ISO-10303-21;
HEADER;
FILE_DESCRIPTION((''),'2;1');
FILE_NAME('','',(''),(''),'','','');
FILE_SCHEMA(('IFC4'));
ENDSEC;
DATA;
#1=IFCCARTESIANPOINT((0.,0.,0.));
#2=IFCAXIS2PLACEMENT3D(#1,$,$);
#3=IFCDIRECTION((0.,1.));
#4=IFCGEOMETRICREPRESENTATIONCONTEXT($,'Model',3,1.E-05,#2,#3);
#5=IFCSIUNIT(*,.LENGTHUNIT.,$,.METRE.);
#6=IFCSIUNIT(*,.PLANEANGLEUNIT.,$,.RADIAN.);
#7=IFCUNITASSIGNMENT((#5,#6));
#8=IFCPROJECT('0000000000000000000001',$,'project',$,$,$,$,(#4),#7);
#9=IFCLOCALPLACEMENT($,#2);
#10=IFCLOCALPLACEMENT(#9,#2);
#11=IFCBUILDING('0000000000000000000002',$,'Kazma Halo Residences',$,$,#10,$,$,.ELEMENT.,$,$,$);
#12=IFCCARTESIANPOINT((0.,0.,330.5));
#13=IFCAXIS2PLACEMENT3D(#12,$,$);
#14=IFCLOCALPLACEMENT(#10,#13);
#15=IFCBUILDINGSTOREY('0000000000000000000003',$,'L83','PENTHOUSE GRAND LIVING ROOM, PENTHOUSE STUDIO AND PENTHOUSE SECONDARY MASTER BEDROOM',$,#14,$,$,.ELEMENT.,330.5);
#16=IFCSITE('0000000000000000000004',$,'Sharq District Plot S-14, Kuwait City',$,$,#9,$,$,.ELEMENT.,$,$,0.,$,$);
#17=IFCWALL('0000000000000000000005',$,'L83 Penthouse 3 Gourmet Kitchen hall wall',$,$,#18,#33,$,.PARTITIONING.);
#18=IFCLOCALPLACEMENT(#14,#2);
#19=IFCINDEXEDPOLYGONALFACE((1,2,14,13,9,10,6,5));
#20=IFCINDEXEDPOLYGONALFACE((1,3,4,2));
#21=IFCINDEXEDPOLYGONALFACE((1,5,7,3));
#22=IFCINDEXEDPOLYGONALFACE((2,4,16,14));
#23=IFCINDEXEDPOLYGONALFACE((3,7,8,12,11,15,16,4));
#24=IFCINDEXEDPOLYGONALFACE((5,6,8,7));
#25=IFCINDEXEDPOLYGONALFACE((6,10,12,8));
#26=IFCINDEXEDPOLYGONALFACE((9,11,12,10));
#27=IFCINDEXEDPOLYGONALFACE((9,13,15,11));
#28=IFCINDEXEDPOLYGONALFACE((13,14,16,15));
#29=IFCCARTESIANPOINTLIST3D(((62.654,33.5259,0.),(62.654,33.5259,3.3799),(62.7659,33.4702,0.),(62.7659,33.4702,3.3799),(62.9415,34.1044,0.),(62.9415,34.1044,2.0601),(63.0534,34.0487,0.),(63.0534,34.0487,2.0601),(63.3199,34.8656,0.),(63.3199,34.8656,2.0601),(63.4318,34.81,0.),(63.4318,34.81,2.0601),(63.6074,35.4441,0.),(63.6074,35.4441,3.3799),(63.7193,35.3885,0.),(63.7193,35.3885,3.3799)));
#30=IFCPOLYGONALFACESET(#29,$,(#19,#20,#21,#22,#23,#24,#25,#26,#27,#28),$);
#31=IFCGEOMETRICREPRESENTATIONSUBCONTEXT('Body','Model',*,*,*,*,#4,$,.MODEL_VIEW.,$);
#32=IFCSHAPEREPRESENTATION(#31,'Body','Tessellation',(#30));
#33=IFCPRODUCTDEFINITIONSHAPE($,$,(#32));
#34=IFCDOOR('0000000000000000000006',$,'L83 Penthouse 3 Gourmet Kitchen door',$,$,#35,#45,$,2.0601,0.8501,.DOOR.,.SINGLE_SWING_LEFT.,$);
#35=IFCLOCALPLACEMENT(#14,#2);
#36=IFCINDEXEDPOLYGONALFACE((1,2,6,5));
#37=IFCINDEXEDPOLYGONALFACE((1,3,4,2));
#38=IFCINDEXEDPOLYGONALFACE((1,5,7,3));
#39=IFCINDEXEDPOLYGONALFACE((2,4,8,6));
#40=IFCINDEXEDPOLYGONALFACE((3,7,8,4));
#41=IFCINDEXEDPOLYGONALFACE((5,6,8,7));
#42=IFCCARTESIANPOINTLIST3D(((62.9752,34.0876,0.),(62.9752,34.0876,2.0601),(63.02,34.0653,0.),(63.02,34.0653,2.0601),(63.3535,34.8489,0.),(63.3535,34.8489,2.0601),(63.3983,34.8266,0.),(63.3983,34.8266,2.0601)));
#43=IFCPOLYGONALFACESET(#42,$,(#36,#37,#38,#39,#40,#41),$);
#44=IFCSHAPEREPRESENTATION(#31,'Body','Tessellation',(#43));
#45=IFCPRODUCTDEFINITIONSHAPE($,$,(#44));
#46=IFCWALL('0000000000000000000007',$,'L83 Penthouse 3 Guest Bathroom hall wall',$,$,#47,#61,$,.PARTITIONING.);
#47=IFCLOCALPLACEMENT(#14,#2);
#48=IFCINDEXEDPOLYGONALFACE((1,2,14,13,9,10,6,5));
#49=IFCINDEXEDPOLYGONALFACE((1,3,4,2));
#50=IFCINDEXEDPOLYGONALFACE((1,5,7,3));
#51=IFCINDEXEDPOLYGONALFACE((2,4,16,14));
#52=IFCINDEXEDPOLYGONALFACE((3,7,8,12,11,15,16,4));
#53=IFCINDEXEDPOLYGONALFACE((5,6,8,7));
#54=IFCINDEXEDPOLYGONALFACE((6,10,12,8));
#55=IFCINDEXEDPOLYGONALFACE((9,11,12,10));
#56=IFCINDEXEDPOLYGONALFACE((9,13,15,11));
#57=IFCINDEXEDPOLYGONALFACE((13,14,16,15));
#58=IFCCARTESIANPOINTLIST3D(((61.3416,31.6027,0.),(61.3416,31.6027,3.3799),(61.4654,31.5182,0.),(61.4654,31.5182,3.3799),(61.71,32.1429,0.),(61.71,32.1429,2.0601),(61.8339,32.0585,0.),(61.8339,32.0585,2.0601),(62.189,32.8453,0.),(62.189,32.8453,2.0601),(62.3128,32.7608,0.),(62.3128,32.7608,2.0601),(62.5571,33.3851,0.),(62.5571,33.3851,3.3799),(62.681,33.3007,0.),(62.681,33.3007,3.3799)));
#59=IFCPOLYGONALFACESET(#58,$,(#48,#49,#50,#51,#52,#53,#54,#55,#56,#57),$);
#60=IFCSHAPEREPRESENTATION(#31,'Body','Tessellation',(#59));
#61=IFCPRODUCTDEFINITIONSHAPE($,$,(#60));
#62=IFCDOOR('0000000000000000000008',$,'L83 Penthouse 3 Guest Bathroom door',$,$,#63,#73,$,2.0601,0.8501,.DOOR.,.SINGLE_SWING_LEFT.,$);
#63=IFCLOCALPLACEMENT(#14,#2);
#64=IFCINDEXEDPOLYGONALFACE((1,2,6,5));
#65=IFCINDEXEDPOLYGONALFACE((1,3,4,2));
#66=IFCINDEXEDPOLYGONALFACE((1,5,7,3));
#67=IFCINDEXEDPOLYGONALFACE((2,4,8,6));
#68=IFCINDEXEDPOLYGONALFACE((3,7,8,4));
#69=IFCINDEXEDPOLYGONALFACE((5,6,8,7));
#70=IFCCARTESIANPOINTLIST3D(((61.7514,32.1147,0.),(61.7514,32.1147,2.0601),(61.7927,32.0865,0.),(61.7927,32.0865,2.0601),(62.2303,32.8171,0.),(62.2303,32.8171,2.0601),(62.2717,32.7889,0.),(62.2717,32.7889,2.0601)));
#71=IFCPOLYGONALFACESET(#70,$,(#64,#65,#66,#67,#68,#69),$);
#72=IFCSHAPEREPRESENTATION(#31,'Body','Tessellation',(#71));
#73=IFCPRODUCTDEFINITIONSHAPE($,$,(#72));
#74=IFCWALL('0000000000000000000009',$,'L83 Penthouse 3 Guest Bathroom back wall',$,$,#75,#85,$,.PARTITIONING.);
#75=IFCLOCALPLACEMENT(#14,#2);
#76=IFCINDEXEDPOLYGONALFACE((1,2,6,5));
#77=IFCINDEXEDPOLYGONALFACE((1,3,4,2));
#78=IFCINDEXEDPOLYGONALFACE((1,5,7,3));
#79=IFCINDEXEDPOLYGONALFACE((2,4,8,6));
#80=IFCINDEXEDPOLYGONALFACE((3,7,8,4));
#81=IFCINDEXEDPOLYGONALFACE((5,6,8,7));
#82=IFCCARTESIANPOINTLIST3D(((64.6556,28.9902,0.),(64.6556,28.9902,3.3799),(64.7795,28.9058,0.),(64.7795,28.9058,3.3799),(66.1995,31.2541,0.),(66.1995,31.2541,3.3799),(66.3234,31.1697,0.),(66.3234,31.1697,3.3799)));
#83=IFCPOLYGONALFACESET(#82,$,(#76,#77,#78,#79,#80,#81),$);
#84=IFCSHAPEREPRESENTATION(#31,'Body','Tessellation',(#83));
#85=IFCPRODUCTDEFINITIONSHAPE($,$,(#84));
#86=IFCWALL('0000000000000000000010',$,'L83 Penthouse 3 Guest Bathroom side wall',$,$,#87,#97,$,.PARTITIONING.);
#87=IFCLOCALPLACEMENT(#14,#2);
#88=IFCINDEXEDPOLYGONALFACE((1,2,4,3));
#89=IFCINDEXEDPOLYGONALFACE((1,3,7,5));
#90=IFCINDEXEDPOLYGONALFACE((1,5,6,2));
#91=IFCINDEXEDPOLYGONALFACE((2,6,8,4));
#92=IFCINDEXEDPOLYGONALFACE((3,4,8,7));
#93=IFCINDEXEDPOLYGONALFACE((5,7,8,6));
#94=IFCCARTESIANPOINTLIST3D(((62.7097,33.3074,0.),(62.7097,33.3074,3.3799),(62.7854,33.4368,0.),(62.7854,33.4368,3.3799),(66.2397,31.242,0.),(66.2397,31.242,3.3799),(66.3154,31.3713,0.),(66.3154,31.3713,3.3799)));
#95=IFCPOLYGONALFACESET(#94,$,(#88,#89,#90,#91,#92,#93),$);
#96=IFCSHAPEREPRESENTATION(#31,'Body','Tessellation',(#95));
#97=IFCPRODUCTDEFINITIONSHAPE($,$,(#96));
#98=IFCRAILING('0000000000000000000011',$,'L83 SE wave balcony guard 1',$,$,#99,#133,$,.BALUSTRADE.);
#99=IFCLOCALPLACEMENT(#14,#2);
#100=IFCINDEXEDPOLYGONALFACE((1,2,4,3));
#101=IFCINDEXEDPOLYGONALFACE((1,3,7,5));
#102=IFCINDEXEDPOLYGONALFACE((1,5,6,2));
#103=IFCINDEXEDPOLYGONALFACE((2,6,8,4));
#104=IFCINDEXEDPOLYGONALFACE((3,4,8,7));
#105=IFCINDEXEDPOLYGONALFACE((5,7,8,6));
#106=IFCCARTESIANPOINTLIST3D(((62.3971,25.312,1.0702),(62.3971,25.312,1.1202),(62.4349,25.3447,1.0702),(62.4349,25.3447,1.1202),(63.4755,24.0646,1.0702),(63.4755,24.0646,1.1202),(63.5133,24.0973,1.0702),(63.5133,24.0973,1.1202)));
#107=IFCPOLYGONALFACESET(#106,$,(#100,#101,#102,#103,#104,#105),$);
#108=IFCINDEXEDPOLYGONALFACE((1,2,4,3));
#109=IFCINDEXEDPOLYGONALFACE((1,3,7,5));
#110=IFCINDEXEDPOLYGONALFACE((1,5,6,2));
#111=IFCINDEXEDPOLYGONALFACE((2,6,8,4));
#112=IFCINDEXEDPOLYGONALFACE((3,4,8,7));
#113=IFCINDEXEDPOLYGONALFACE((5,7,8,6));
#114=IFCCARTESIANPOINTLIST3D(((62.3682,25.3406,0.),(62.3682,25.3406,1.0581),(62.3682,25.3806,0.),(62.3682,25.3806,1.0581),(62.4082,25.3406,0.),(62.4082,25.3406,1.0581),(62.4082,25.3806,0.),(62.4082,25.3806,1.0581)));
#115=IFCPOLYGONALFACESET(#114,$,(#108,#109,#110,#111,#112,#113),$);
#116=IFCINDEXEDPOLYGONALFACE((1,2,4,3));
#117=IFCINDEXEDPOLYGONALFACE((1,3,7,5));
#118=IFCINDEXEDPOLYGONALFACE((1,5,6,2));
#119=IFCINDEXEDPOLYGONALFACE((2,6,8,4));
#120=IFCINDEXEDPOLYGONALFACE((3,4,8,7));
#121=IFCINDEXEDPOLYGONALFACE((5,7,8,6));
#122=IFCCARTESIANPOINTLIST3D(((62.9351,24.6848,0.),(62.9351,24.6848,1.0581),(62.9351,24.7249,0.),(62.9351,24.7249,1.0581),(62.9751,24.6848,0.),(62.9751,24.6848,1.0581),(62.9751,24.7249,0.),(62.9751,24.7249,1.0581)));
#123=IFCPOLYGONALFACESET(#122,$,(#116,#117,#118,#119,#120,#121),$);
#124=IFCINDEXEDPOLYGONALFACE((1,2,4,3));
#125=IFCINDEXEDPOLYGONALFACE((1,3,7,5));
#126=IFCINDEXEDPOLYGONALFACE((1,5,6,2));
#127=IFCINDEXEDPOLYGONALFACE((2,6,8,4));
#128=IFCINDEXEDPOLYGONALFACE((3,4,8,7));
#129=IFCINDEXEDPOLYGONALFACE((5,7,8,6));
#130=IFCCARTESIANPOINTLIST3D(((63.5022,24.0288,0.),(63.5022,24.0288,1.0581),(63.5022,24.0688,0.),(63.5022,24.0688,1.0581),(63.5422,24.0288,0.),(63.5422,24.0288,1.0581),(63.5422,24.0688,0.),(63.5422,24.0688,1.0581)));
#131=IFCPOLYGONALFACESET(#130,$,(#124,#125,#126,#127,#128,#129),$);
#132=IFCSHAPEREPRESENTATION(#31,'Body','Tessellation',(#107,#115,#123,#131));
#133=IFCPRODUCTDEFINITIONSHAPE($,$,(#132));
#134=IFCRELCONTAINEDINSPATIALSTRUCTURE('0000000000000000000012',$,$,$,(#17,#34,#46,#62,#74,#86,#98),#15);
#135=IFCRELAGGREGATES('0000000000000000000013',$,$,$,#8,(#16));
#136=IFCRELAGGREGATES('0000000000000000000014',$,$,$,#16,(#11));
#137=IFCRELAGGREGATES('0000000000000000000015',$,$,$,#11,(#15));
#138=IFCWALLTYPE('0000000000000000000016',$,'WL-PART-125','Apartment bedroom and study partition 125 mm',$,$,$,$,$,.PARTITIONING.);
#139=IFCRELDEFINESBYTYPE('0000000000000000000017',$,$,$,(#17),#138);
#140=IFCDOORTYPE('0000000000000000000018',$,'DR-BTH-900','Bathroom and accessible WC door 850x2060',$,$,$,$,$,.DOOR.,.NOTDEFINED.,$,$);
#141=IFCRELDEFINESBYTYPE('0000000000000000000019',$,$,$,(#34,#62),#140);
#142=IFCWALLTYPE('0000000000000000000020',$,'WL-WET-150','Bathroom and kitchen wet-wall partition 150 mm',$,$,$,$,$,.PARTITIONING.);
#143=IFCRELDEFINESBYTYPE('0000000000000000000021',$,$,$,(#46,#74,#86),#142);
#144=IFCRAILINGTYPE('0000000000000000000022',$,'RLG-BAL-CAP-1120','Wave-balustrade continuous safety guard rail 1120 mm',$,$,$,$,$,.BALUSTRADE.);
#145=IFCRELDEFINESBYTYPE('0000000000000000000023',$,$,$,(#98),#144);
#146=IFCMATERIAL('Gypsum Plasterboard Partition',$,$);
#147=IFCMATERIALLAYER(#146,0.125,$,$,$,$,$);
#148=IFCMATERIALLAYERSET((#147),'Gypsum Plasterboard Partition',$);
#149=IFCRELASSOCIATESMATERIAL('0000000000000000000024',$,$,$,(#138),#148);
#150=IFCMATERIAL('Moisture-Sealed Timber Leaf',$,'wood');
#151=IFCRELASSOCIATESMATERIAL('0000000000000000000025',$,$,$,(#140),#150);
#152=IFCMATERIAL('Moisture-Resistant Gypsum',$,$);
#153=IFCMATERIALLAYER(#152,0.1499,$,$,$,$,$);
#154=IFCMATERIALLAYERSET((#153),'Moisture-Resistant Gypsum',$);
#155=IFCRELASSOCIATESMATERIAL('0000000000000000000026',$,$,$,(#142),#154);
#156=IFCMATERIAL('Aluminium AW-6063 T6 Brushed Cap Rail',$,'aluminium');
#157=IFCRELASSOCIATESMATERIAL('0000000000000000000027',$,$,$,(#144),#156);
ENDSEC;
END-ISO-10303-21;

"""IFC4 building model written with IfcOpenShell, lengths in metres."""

from ifc_helpers import new_model, si_unit, direction, frame, frame_2d, origin, origin_2d, place, context, subcontext, project, spatial, rectangle, extrude, material, layer, layer_set, type_object, element, fill, save


model = new_model("IFC4")

# Units and contexts
model_context = context("Model", 3, precision=1e-05, world=origin(), true_north=direction((0.0, 1.0)))
body_context = subcontext(model_context, "Body", "Model", "MODEL_VIEW")
ifc_project = project(units=[si_unit("LENGTHUNIT", "METRE"), si_unit("PLANEANGLEUNIT", "RADIAN")], contexts=[model_context])

# Site, building, storey
site_placement = place(None, origin())
site = spatial("IfcSite", under=ifc_project, at=site_placement, Name="Sharq District Plot S-14, Kuwait City", CompositionType="ELEMENT", RefElevation=0.0)
building_placement = place(site_placement, origin())
building = spatial("IfcBuilding", under=site, at=building_placement, Name="Kazma Halo Residences", CompositionType="ELEMENT")
storey_placement = place(building_placement, frame((0.0, 0.0, 330.5)))
storey = spatial("IfcBuildingStorey", under=building, at=storey_placement, Name="L83", Description="PENTHOUSE GRAND LIVING ROOM, PENTHOUSE STUDIO AND PENTHOUSE SECONDARY MASTER BEDROOM", CompositionType="ELEMENT", Elevation=330.5)

# Shared definitions
ifc_material_1 = material(Name="Gypsum Plasterboard Partition")
ifc_layer_1 = layer(ifc_material_1, 0.125)
ifc_layer_set_1 = layer_set([ifc_layer_1], Name="Gypsum Plasterboard Partition")
wall_type_1 = type_object("IfcWallType", Name="WL-PART-125", Description="Apartment bedroom and study partition 125 mm", PredefinedType="PARTITIONING", material=ifc_layer_set_1)

# Walls, openings, doors
ifc_material_2 = material(Name="Moisture-Sealed Timber Leaf", Category="wood")
door_type_1 = type_object("IfcDoorType", Name="DR-BTH-900", Description="Bathroom and accessible WC door 850x2060", OperationType="NOTDEFINED", PredefinedType="DOOR", material=ifc_material_2)
wall_1_placement = place(storey_placement, frame((62.71, 33.498, 0.0), z_axis=(0.0, 0.0, 1.0), x_axis=(0.44507, 0.895496, 0.0)))
wall_1 = element("IfcWall", 1, at=wall_1_placement, inside=storey, type_object=wall_type_1, Name="L83 Penthouse 3 Gourmet Kitchen hall wall", PredefinedType="PARTITIONING", context=body_context, shape_type="SweptSolid", body=[
    extrude(rectangle(XDim=2.1421, YDim=0.125, at=frame_2d((1.071, 0.0))), origin(), (0.0, 0.0, 1.0), 3.3799),
])
opening_1_placement = place(wall_1_placement, frame((0.646, 0.0, 0.0)))
opening_1 = element("IfcOpeningElement", 2, at=opening_1_placement, cuts=wall_1, PredefinedType="OPENING", context=body_context, shape_type="SweptSolid", body=[
    extrude(rectangle(XDim=0.8501, YDim=2.0601, at=frame_2d((0.425, 1.03))), frame((0.0, 0.0725, 0.0), z_axis=(0.0, -1.0, 0.0), x_axis=(1.0, 0.0, 0.0)), (0.0, 0.0, 1.0), 0.145),
])
door_1_placement = place(opening_1_placement, origin())
door_1 = element("IfcDoor", 3, at=door_1_placement, inside=storey, type_object=door_type_1, Name="L83 Penthouse 3 Gourmet Kitchen door", OperationType="SINGLE_SWING_LEFT", OverallHeight=2.0601, OverallWidth=0.8501, PredefinedType="DOOR", context=body_context, shape_type="SweptSolid", body=[
    extrude(rectangle(XDim=0.8501, YDim=2.0601, at=frame_2d((0.425, 1.03))), frame((0.0, 0.0249, 0.0), z_axis=(0.0, -1.0, 0.0), x_axis=(1.0, 0.0, 0.0)), (0.0, 0.0, 1.0), 0.05),
])
fill(opening_1, door_1)
ifc_material_3 = material(Name="Moisture-Resistant Gypsum")
ifc_layer_2 = layer(ifc_material_3, 0.1499)
ifc_layer_set_2 = layer_set([ifc_layer_2], Name="Moisture-Resistant Gypsum")
wall_type_2 = type_object("IfcWallType", Name="WL-WET-150", Description="Bathroom and kitchen wet-wall partition 150 mm", PredefinedType="PARTITIONING", material=ifc_layer_set_2)
wall_2_placement = place(storey_placement, frame((61.4036, 31.5605, 0.0), z_axis=(0.0, 0.0, 1.0), x_axis=(0.563418, 0.826172, 0.0)))
wall_2 = element("IfcWall", 4, at=wall_2_placement, inside=storey, type_object=wall_type_2, Name="L83 Penthouse 3 Guest Bathroom hall wall", PredefinedType="PARTITIONING", context=body_context, shape_type="SweptSolid", body=[
    extrude(rectangle(XDim=2.1575, YDim=0.1499, at=frame_2d((1.0786, 0.0))), origin(), (0.0, 0.0, 1.0), 3.3799),
])
opening_2_placement = place(wall_2_placement, frame((0.6538, 0.0, 0.0)))
opening_2 = element("IfcOpeningElement", 5, at=opening_2_placement, cuts=wall_2, PredefinedType="OPENING", context=body_context, shape_type="SweptSolid", body=[
    extrude(rectangle(XDim=0.8501, YDim=2.0601, at=frame_2d((0.425, 1.03))), frame((0.0, 0.085, 0.0), z_axis=(0.0, -1.0, 0.0), x_axis=(1.0, 0.0, 0.0)), (0.0, 0.0, 1.0), 0.1699),
])
door_2_placement = place(opening_2_placement, origin())
door_2 = element("IfcDoor", 6, at=door_2_placement, inside=storey, type_object=door_type_1, Name="L83 Penthouse 3 Guest Bathroom door", OperationType="SINGLE_SWING_LEFT", OverallHeight=2.0601, OverallWidth=0.8501, PredefinedType="DOOR", context=body_context, shape_type="SweptSolid", body=[
    extrude(rectangle(XDim=0.8501, YDim=2.0601, at=frame_2d((0.425, 1.03))), frame((0.0, 0.0249, 0.0), z_axis=(0.0, -1.0, 0.0), x_axis=(1.0, 0.0, 0.0)), (0.0, 0.0, 1.0), 0.05),
])
fill(opening_2, door_2)

# Walls
wall_3_placement = place(storey_placement, frame((64.7175, 28.948, 0.0), z_axis=(0.0, 0.0, 1.0), x_axis=(0.563428, 0.826165, 0.0)))
element("IfcWall", 7, at=wall_3_placement, inside=storey, type_object=wall_type_2, Name="L83 Penthouse 3 Guest Bathroom back wall", PredefinedType="PARTITIONING", context=body_context, shape_type="SweptSolid", body=[
    extrude(rectangle(XDim=2.7402, YDim=0.1499, at=frame_2d((1.3701, 0.0))), origin(), (0.0, 0.0, 1.0), 3.3799),
])
wall_4_placement = place(storey_placement, frame((62.7476, 33.3721, 0.0), z_axis=(0.0, 0.0, 1.0), x_axis=(0.863113, -0.50501, 0.0)))
element("IfcWall", 8, at=wall_4_placement, inside=storey, type_object=wall_type_2, Name="L83 Penthouse 3 Guest Bathroom side wall", PredefinedType="PARTITIONING", context=body_context, shape_type="SweptSolid", body=[
    extrude(rectangle(XDim=4.0898, YDim=0.1499, at=frame_2d((2.0449, 0.0))), origin(), (0.0, 0.0, 1.0), 3.3799),
])

# Railing
ifc_material_4 = material(Name="Aluminium AW-6063 T6 Brushed Cap Rail", Category="aluminium")
railing_type = type_object("IfcRailingType", Name="RLG-BAL-CAP-1120", Description="Wave-balustrade continuous safety guard rail 1120 mm", PredefinedType="BALUSTRADE", material=ifc_material_4)
railing_1_placement = place(storey_placement, frame((62.3882, 25.3606, 0.0)))
element("IfcRailing", 9, at=railing_1_placement, inside=storey, type_object=railing_type, Name="L83 SE wave balcony guard 1", PredefinedType="BALUSTRADE", context=body_context, shape_type="SweptSolid", body=[
    extrude(rectangle(XDim=0.05, YDim=0.05, at=origin_2d()), frame((0.0278, -0.0322, 1.0952), z_axis=(0.653997, -0.756497, 0.0), x_axis=(0.756497, 0.653997, 0.0)), (0.0, 0.0, 1.0), 1.6489),
    extrude(rectangle(XDim=0.04, YDim=0.04, at=origin_2d()), origin(), (0.0, 0.0, 1.0), 1.0581),
    extrude(rectangle(XDim=0.04, YDim=0.04, at=origin_2d()), frame((0.5669, -0.6558, 0.0)), (0.0, 0.0, 1.0), 1.0581),
    extrude(rectangle(XDim=0.04, YDim=0.04, at=origin_2d()), frame((1.134, -1.3118, 0.0)), (0.0, 0.0, 1.0), 1.0581),
])

save(model, "model.ifc")
